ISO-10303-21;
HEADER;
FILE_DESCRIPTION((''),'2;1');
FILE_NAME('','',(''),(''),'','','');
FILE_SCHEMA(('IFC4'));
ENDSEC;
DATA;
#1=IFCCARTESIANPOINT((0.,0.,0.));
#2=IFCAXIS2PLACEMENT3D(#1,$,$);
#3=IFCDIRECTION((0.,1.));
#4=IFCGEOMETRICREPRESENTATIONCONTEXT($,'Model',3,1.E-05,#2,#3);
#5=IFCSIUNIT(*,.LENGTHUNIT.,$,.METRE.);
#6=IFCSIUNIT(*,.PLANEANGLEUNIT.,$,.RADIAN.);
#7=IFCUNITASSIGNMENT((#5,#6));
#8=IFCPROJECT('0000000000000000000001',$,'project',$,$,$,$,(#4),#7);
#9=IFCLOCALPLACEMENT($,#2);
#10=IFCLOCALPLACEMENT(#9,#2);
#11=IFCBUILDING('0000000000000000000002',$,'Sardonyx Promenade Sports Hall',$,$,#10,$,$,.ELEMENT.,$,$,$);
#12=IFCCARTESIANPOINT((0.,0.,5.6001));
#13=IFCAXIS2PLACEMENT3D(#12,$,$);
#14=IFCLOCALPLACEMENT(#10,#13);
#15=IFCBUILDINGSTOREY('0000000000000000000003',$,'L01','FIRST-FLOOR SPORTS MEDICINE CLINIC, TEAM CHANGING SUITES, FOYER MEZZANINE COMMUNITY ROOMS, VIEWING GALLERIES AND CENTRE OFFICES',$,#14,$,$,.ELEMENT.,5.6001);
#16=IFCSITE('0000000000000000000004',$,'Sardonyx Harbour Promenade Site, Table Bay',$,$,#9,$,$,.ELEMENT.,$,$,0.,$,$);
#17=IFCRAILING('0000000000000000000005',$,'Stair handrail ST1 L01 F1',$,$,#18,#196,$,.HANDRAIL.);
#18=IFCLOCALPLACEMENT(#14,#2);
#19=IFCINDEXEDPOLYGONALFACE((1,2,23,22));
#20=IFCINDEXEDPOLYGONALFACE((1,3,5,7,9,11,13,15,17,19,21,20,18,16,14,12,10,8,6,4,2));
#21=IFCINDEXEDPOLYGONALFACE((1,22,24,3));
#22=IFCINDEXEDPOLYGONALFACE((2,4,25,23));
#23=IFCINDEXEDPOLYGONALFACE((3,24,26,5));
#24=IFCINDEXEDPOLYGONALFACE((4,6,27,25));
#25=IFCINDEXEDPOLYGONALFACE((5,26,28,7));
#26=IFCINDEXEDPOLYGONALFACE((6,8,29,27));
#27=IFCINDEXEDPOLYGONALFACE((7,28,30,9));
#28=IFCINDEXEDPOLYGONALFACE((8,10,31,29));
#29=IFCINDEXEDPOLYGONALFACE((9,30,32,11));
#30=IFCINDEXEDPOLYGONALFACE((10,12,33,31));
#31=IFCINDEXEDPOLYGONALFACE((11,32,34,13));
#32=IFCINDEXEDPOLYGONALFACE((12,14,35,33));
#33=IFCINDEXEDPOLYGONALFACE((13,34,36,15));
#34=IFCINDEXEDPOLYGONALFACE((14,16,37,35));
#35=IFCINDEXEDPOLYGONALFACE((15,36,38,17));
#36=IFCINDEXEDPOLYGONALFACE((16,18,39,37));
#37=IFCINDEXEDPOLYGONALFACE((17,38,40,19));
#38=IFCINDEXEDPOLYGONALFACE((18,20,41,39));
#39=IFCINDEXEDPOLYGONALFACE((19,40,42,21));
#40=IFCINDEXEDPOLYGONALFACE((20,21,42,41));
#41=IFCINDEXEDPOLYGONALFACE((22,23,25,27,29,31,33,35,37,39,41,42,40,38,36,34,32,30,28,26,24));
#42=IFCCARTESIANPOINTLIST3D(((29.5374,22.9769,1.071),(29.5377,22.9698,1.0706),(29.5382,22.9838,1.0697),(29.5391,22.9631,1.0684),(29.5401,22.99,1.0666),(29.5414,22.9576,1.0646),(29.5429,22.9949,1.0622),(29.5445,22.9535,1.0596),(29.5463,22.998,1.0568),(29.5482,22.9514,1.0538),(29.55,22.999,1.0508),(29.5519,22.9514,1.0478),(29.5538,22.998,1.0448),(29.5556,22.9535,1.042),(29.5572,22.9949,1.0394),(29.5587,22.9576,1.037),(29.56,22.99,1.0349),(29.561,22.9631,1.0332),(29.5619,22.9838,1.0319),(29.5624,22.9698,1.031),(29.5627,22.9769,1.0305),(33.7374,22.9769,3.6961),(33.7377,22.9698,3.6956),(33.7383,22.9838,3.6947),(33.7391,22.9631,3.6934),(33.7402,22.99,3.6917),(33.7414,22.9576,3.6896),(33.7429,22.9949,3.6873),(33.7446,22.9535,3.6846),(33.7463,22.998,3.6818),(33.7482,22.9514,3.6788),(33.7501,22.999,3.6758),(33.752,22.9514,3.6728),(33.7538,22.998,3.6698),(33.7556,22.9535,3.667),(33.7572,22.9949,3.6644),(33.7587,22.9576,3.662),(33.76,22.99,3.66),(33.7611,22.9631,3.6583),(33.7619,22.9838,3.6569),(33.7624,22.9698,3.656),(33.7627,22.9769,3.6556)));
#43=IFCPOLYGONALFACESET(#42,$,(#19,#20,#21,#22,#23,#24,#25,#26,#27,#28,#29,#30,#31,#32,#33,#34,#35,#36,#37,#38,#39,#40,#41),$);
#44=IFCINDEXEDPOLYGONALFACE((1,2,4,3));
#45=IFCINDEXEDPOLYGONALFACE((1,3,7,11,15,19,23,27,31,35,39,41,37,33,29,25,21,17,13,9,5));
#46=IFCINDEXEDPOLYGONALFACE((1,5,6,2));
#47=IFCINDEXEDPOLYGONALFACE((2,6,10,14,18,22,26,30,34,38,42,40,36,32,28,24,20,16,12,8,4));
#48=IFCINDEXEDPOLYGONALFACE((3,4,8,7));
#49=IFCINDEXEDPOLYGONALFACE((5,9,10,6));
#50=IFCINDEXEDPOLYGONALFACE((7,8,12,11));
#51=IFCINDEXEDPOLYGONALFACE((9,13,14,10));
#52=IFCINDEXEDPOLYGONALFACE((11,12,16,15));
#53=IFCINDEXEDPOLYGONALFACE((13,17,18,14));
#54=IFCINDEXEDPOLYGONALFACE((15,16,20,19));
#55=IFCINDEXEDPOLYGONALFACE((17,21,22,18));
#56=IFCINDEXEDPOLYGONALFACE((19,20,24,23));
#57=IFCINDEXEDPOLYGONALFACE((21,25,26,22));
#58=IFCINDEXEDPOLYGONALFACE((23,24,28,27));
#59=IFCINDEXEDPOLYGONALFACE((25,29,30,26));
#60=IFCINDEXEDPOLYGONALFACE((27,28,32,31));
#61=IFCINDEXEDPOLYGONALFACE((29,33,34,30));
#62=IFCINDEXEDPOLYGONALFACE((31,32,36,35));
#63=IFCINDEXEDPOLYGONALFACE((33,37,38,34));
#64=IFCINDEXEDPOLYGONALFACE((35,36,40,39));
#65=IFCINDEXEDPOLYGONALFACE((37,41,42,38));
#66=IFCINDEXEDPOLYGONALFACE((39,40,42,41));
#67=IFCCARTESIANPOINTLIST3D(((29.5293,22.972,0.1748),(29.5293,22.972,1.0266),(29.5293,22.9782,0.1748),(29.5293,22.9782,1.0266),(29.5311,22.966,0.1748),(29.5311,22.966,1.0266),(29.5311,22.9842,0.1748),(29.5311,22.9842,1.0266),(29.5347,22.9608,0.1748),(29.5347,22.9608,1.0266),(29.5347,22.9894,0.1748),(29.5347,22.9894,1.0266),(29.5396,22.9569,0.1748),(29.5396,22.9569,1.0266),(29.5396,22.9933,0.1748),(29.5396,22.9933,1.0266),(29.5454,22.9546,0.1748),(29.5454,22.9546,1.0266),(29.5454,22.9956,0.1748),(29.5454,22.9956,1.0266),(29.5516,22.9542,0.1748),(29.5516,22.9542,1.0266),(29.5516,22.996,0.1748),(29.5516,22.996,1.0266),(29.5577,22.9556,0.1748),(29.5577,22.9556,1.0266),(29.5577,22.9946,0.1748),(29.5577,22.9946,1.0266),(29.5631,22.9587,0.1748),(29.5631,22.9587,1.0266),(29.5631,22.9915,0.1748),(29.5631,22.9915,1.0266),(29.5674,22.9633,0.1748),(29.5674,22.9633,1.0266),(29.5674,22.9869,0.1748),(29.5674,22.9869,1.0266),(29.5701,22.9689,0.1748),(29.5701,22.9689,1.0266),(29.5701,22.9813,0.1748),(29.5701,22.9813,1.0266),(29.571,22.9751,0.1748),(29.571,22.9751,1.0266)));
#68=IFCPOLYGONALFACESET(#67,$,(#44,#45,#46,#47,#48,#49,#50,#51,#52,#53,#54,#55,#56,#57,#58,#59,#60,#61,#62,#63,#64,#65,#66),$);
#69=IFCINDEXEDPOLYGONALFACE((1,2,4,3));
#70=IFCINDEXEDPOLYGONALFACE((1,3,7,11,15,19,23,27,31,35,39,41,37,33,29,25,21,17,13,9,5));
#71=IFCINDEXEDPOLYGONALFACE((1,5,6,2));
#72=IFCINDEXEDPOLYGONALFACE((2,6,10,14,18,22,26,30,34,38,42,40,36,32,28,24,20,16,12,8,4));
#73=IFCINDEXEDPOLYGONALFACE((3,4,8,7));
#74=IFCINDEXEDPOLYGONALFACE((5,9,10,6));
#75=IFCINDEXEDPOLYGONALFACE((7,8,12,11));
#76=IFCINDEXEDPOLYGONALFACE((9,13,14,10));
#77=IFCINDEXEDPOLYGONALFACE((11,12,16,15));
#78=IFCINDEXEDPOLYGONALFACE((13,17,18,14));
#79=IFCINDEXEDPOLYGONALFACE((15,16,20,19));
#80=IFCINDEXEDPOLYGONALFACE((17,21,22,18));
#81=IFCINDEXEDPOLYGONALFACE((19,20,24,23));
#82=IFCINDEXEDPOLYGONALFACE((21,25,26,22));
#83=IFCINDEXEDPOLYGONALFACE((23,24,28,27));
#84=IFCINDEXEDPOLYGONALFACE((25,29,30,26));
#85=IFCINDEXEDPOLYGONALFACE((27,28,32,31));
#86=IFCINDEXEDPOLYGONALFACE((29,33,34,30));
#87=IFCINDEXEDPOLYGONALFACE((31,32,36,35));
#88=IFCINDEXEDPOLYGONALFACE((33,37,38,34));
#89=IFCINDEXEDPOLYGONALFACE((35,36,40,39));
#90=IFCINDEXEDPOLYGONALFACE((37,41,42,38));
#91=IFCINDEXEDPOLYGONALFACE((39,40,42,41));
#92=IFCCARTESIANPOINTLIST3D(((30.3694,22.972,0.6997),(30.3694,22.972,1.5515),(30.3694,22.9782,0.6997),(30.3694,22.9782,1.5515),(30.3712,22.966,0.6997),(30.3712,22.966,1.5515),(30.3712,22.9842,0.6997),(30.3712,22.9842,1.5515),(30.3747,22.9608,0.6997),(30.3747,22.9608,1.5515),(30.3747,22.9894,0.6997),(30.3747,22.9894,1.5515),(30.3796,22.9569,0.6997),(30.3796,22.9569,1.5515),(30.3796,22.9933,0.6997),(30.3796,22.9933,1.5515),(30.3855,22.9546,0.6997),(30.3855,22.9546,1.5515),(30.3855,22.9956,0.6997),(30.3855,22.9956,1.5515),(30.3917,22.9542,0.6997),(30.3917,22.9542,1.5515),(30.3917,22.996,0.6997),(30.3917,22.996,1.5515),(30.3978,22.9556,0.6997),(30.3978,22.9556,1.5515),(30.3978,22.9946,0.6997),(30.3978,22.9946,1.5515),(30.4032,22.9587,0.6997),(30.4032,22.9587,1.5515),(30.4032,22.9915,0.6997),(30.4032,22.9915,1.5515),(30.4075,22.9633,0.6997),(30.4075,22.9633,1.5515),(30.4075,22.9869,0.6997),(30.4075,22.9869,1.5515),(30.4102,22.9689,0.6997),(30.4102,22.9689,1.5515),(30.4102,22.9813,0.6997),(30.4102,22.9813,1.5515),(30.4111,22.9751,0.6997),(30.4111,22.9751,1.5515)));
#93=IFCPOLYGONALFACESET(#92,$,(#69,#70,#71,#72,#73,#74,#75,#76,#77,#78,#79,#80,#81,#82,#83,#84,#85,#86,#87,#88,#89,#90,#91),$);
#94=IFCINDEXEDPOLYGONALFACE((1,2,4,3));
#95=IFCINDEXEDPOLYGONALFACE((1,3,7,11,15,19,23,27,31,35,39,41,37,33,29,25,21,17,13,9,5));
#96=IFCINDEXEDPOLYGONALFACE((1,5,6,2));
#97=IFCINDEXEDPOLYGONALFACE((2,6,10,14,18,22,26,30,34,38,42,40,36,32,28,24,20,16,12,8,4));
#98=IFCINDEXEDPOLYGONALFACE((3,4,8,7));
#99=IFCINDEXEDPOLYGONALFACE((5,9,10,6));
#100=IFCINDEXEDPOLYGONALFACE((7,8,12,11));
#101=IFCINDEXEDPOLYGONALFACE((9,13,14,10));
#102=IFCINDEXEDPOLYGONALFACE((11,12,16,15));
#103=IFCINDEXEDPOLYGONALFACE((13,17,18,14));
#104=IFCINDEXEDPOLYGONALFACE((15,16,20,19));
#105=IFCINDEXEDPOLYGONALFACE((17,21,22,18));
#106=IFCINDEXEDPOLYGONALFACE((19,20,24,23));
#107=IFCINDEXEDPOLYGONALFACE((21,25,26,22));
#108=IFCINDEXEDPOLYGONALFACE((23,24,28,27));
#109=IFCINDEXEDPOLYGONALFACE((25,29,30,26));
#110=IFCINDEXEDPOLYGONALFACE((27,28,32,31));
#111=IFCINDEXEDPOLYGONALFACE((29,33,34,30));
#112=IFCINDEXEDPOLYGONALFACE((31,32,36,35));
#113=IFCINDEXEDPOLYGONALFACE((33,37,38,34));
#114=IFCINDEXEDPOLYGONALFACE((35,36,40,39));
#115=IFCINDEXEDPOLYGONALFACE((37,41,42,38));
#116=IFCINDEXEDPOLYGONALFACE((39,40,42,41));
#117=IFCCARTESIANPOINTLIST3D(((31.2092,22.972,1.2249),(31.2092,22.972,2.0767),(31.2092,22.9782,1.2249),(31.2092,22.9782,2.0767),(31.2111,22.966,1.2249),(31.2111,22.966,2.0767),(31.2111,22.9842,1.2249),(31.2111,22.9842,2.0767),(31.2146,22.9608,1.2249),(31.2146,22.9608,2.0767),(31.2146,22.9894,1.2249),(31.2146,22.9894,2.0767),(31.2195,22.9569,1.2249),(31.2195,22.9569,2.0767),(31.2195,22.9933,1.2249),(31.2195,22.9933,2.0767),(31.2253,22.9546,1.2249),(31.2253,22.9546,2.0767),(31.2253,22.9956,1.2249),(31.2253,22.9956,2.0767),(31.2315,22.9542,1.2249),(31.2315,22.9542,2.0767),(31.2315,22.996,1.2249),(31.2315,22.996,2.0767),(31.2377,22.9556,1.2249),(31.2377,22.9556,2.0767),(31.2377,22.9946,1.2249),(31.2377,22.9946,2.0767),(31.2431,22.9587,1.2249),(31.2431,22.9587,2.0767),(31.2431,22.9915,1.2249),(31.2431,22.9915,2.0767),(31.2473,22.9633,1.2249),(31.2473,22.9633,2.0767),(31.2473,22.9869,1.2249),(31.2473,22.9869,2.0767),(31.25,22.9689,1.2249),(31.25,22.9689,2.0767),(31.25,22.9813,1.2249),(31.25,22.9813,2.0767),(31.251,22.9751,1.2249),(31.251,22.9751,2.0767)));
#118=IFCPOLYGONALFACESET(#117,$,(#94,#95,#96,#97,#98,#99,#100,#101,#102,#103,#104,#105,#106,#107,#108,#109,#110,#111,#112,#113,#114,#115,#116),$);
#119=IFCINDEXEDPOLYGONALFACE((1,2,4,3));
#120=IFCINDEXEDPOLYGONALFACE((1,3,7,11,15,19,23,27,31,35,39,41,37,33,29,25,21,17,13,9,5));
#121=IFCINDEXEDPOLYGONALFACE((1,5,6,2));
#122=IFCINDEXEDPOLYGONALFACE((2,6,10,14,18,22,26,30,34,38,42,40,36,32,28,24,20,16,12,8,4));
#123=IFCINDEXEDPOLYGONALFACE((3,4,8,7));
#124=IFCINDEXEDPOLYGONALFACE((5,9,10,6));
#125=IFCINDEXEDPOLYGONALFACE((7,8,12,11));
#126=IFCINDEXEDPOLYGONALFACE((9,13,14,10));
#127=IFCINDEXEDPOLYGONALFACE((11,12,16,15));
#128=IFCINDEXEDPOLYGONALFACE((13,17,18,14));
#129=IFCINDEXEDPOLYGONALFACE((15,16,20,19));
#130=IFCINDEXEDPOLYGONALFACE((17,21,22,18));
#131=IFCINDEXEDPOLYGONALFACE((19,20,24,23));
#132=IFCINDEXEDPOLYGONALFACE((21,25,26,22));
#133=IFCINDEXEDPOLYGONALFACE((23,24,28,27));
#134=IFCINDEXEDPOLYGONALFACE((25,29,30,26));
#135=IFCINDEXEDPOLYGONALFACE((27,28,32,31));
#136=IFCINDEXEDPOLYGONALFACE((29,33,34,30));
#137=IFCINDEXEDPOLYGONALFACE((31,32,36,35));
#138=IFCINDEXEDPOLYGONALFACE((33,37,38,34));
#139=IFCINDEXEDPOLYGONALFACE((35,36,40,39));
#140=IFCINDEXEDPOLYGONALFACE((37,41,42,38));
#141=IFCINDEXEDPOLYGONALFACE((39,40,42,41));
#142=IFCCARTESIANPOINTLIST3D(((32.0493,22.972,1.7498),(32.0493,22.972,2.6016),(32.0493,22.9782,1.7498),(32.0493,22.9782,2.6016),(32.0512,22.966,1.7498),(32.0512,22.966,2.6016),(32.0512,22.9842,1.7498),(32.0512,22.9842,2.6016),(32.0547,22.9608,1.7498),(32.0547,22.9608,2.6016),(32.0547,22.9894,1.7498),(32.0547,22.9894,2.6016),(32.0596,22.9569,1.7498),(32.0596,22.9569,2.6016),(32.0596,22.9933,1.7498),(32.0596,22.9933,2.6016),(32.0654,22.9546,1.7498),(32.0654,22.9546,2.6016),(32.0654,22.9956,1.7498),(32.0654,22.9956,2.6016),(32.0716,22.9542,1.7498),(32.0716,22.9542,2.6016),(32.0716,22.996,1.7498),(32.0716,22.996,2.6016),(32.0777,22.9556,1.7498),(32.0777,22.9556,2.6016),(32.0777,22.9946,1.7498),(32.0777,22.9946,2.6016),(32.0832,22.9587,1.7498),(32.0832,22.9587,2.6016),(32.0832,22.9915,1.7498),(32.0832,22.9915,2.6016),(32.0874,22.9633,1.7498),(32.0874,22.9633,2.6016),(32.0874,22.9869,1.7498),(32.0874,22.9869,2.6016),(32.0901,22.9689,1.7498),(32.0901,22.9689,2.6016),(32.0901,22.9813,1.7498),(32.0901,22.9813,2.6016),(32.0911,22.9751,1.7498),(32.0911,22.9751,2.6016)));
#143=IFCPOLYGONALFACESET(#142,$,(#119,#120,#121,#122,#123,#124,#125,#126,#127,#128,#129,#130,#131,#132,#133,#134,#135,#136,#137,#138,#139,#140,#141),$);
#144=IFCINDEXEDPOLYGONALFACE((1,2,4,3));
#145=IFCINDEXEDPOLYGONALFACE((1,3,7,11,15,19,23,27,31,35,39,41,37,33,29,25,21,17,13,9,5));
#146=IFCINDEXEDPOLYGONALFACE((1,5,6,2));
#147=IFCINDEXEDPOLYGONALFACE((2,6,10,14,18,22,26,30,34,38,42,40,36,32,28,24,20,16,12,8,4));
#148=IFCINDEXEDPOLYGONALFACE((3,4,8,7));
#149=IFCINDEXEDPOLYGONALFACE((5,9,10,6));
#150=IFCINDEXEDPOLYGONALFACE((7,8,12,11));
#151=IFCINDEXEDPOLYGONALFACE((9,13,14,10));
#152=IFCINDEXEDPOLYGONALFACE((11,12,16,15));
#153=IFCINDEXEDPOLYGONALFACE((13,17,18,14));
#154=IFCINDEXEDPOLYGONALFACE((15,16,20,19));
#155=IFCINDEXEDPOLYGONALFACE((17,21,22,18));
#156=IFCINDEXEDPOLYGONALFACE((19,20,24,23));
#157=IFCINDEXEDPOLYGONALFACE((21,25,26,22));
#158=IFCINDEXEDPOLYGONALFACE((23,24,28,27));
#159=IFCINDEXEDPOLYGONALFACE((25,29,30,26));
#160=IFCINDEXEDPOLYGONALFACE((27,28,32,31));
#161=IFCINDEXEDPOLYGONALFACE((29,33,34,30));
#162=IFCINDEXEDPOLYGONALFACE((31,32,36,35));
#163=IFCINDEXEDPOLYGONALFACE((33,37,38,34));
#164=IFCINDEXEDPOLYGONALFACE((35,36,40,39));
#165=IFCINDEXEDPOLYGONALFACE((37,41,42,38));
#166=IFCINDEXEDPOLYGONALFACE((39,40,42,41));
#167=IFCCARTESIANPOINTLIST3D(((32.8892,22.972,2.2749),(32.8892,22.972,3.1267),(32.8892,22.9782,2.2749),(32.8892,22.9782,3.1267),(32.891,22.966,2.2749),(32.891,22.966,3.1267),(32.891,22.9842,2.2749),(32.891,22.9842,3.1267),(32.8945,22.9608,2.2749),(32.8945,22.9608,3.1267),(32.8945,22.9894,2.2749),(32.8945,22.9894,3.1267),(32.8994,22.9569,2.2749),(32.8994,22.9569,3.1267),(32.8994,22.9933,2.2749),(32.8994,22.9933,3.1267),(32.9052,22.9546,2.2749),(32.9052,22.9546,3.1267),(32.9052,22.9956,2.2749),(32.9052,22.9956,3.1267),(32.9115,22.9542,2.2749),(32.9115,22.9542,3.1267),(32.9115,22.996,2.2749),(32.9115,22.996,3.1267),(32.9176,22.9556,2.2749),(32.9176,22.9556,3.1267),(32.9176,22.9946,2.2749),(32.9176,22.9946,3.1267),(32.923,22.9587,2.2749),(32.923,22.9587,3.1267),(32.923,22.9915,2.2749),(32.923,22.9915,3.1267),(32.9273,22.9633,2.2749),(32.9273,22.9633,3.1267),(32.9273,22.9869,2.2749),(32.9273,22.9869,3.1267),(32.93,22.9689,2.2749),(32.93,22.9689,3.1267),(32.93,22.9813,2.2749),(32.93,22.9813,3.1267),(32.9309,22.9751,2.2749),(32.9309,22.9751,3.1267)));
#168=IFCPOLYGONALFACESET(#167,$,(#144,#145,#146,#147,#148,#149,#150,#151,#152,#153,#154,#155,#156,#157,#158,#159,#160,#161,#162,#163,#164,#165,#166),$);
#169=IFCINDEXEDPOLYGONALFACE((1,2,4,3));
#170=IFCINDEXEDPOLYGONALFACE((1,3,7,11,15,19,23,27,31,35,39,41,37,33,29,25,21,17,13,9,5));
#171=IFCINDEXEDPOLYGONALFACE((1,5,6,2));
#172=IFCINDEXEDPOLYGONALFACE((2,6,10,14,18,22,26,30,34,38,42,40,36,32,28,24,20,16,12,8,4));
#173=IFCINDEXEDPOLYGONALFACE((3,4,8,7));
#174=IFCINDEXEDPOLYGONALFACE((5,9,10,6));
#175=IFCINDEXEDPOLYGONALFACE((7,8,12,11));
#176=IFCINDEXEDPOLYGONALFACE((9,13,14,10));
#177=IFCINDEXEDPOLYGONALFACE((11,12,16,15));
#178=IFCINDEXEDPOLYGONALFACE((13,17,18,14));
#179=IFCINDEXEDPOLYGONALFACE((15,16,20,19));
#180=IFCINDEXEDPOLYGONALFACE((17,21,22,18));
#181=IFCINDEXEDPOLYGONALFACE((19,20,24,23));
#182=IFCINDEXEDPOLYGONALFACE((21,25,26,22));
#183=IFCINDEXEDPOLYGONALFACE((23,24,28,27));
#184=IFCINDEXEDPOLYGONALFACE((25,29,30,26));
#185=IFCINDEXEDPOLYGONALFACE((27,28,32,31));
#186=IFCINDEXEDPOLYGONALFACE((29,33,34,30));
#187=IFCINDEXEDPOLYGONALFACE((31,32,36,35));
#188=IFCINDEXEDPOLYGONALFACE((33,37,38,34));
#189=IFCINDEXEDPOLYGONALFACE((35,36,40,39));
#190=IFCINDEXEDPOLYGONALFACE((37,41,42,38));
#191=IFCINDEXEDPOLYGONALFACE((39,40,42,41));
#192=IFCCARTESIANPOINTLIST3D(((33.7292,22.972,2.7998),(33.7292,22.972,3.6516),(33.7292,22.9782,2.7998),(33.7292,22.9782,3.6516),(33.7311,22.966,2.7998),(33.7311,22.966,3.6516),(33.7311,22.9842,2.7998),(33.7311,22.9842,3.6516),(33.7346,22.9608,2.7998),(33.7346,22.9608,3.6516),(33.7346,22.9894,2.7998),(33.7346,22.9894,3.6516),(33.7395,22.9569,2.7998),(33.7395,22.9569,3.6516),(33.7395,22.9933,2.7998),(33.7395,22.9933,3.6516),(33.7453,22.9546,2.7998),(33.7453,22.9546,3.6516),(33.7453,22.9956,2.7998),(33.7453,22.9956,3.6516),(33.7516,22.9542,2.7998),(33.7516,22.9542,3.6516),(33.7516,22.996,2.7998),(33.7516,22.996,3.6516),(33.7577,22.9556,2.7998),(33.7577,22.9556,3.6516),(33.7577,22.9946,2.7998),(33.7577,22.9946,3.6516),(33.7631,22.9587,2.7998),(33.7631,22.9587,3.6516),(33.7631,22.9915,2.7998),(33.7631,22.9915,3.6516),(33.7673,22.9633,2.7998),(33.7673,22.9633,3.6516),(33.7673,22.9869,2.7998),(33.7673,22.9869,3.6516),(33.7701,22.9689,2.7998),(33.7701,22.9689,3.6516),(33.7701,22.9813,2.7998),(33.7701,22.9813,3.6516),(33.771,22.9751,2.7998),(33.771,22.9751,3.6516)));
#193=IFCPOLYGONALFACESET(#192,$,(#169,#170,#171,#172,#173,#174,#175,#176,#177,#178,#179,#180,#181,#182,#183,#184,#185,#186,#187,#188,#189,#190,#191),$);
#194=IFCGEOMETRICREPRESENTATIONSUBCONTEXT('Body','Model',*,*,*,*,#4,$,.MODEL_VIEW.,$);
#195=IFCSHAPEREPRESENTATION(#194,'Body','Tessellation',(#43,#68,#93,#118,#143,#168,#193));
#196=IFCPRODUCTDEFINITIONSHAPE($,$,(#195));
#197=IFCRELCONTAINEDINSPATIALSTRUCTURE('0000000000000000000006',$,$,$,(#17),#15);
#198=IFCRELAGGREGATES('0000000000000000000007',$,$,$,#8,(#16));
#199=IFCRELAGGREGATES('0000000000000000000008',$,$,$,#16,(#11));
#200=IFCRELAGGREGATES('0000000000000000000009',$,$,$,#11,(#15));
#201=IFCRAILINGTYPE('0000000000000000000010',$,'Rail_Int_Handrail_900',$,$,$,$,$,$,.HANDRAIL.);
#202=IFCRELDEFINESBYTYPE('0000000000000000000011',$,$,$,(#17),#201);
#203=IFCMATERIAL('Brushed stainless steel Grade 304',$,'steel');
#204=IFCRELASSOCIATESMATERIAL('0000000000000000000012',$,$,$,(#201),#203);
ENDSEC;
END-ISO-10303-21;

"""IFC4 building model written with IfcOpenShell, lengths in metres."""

from ifc_helpers import new_model, si_unit, direction, frame, origin, origin_2d, place, context, subcontext, project, spatial, circle, extrude, material, type_object, element, save


model = new_model("IFC4")

# Units and contexts
model_context = context("Model", 3, precision=1e-05, world=origin(), true_north=direction((0.0, 1.0)))
body_context = subcontext(model_context, "Body", "Model", "MODEL_VIEW")
ifc_project = project(units=[si_unit("LENGTHUNIT", "METRE"), si_unit("PLANEANGLEUNIT", "RADIAN")], contexts=[model_context])

# Site, building, storey
site_placement = place(None, origin())
site = spatial("IfcSite", under=ifc_project, at=site_placement, Name="Sardonyx Harbour Promenade Site, Table Bay", CompositionType="ELEMENT", RefElevation=0.0)
building_placement = place(site_placement, origin())
building = spatial("IfcBuilding", under=site, at=building_placement, Name="Sardonyx Promenade Sports Hall", CompositionType="ELEMENT")
storey_placement = place(building_placement, frame((0.0, 0.0, 5.6001)))
storey = spatial("IfcBuildingStorey", under=building, at=storey_placement, Name="L01", Description="FIRST-FLOOR SPORTS MEDICINE CLINIC, TEAM CHANGING SUITES, FOYER MEZZANINE COMMUNITY ROOMS, VIEWING GALLERIES AND CENTRE OFFICES", CompositionType="ELEMENT", Elevation=5.6001)

# Railing
ifc_material_1 = material(Name="Brushed stainless steel Grade 304", Category="steel")
railing_type_1 = type_object("IfcRailingType", Name="Rail_Int_Handrail_900", PredefinedType="HANDRAIL", material=ifc_material_1)
railing_1_placement = place(storey_placement, frame((29.55, 22.9751, 0.1748)))
element("IfcRailing", 1, at=railing_1_placement, inside=storey, type_object=railing_type_1, Name="Stair handrail ST1 L01 F1", PredefinedType="HANDRAIL", context=body_context, shape_type="SweptSolid", body=[
    extrude(circle(Radius=0.0239, at=origin_2d()), frame((0.0, 0.0, 0.876), z_axis=(0.847996, 0.0, 0.530003), x_axis=(0.0, 1.0, 0.0)), (0.0, 0.0, 1.0), 4.9529),
    extrude(circle(Radius=0.021, at=origin_2d()), origin(), (0.0, 0.0, 1.0), 0.8518),
    extrude(circle(Radius=0.021, at=origin_2d()), frame((0.8401, 0.0, 0.5249)), (0.0, 0.0, 1.0), 0.8518),
    extrude(circle(Radius=0.021, at=origin_2d()), frame((1.6799, 0.0, 1.05)), (0.0, 0.0, 1.0), 0.8518),
    extrude(circle(Radius=0.021, at=origin_2d()), frame((2.52, 0.0, 1.575)), (0.0, 0.0, 1.0), 0.8518),
    extrude(circle(Radius=0.021, at=origin_2d()), frame((3.3599, 0.0, 2.1001)), (0.0, 0.0, 1.0), 0.8518),
    extrude(circle(Radius=0.021, at=origin_2d()), frame((4.2, 0.0, 2.625)), (0.0, 0.0, 1.0), 0.8518),
])

save(model, "model.ifc")
